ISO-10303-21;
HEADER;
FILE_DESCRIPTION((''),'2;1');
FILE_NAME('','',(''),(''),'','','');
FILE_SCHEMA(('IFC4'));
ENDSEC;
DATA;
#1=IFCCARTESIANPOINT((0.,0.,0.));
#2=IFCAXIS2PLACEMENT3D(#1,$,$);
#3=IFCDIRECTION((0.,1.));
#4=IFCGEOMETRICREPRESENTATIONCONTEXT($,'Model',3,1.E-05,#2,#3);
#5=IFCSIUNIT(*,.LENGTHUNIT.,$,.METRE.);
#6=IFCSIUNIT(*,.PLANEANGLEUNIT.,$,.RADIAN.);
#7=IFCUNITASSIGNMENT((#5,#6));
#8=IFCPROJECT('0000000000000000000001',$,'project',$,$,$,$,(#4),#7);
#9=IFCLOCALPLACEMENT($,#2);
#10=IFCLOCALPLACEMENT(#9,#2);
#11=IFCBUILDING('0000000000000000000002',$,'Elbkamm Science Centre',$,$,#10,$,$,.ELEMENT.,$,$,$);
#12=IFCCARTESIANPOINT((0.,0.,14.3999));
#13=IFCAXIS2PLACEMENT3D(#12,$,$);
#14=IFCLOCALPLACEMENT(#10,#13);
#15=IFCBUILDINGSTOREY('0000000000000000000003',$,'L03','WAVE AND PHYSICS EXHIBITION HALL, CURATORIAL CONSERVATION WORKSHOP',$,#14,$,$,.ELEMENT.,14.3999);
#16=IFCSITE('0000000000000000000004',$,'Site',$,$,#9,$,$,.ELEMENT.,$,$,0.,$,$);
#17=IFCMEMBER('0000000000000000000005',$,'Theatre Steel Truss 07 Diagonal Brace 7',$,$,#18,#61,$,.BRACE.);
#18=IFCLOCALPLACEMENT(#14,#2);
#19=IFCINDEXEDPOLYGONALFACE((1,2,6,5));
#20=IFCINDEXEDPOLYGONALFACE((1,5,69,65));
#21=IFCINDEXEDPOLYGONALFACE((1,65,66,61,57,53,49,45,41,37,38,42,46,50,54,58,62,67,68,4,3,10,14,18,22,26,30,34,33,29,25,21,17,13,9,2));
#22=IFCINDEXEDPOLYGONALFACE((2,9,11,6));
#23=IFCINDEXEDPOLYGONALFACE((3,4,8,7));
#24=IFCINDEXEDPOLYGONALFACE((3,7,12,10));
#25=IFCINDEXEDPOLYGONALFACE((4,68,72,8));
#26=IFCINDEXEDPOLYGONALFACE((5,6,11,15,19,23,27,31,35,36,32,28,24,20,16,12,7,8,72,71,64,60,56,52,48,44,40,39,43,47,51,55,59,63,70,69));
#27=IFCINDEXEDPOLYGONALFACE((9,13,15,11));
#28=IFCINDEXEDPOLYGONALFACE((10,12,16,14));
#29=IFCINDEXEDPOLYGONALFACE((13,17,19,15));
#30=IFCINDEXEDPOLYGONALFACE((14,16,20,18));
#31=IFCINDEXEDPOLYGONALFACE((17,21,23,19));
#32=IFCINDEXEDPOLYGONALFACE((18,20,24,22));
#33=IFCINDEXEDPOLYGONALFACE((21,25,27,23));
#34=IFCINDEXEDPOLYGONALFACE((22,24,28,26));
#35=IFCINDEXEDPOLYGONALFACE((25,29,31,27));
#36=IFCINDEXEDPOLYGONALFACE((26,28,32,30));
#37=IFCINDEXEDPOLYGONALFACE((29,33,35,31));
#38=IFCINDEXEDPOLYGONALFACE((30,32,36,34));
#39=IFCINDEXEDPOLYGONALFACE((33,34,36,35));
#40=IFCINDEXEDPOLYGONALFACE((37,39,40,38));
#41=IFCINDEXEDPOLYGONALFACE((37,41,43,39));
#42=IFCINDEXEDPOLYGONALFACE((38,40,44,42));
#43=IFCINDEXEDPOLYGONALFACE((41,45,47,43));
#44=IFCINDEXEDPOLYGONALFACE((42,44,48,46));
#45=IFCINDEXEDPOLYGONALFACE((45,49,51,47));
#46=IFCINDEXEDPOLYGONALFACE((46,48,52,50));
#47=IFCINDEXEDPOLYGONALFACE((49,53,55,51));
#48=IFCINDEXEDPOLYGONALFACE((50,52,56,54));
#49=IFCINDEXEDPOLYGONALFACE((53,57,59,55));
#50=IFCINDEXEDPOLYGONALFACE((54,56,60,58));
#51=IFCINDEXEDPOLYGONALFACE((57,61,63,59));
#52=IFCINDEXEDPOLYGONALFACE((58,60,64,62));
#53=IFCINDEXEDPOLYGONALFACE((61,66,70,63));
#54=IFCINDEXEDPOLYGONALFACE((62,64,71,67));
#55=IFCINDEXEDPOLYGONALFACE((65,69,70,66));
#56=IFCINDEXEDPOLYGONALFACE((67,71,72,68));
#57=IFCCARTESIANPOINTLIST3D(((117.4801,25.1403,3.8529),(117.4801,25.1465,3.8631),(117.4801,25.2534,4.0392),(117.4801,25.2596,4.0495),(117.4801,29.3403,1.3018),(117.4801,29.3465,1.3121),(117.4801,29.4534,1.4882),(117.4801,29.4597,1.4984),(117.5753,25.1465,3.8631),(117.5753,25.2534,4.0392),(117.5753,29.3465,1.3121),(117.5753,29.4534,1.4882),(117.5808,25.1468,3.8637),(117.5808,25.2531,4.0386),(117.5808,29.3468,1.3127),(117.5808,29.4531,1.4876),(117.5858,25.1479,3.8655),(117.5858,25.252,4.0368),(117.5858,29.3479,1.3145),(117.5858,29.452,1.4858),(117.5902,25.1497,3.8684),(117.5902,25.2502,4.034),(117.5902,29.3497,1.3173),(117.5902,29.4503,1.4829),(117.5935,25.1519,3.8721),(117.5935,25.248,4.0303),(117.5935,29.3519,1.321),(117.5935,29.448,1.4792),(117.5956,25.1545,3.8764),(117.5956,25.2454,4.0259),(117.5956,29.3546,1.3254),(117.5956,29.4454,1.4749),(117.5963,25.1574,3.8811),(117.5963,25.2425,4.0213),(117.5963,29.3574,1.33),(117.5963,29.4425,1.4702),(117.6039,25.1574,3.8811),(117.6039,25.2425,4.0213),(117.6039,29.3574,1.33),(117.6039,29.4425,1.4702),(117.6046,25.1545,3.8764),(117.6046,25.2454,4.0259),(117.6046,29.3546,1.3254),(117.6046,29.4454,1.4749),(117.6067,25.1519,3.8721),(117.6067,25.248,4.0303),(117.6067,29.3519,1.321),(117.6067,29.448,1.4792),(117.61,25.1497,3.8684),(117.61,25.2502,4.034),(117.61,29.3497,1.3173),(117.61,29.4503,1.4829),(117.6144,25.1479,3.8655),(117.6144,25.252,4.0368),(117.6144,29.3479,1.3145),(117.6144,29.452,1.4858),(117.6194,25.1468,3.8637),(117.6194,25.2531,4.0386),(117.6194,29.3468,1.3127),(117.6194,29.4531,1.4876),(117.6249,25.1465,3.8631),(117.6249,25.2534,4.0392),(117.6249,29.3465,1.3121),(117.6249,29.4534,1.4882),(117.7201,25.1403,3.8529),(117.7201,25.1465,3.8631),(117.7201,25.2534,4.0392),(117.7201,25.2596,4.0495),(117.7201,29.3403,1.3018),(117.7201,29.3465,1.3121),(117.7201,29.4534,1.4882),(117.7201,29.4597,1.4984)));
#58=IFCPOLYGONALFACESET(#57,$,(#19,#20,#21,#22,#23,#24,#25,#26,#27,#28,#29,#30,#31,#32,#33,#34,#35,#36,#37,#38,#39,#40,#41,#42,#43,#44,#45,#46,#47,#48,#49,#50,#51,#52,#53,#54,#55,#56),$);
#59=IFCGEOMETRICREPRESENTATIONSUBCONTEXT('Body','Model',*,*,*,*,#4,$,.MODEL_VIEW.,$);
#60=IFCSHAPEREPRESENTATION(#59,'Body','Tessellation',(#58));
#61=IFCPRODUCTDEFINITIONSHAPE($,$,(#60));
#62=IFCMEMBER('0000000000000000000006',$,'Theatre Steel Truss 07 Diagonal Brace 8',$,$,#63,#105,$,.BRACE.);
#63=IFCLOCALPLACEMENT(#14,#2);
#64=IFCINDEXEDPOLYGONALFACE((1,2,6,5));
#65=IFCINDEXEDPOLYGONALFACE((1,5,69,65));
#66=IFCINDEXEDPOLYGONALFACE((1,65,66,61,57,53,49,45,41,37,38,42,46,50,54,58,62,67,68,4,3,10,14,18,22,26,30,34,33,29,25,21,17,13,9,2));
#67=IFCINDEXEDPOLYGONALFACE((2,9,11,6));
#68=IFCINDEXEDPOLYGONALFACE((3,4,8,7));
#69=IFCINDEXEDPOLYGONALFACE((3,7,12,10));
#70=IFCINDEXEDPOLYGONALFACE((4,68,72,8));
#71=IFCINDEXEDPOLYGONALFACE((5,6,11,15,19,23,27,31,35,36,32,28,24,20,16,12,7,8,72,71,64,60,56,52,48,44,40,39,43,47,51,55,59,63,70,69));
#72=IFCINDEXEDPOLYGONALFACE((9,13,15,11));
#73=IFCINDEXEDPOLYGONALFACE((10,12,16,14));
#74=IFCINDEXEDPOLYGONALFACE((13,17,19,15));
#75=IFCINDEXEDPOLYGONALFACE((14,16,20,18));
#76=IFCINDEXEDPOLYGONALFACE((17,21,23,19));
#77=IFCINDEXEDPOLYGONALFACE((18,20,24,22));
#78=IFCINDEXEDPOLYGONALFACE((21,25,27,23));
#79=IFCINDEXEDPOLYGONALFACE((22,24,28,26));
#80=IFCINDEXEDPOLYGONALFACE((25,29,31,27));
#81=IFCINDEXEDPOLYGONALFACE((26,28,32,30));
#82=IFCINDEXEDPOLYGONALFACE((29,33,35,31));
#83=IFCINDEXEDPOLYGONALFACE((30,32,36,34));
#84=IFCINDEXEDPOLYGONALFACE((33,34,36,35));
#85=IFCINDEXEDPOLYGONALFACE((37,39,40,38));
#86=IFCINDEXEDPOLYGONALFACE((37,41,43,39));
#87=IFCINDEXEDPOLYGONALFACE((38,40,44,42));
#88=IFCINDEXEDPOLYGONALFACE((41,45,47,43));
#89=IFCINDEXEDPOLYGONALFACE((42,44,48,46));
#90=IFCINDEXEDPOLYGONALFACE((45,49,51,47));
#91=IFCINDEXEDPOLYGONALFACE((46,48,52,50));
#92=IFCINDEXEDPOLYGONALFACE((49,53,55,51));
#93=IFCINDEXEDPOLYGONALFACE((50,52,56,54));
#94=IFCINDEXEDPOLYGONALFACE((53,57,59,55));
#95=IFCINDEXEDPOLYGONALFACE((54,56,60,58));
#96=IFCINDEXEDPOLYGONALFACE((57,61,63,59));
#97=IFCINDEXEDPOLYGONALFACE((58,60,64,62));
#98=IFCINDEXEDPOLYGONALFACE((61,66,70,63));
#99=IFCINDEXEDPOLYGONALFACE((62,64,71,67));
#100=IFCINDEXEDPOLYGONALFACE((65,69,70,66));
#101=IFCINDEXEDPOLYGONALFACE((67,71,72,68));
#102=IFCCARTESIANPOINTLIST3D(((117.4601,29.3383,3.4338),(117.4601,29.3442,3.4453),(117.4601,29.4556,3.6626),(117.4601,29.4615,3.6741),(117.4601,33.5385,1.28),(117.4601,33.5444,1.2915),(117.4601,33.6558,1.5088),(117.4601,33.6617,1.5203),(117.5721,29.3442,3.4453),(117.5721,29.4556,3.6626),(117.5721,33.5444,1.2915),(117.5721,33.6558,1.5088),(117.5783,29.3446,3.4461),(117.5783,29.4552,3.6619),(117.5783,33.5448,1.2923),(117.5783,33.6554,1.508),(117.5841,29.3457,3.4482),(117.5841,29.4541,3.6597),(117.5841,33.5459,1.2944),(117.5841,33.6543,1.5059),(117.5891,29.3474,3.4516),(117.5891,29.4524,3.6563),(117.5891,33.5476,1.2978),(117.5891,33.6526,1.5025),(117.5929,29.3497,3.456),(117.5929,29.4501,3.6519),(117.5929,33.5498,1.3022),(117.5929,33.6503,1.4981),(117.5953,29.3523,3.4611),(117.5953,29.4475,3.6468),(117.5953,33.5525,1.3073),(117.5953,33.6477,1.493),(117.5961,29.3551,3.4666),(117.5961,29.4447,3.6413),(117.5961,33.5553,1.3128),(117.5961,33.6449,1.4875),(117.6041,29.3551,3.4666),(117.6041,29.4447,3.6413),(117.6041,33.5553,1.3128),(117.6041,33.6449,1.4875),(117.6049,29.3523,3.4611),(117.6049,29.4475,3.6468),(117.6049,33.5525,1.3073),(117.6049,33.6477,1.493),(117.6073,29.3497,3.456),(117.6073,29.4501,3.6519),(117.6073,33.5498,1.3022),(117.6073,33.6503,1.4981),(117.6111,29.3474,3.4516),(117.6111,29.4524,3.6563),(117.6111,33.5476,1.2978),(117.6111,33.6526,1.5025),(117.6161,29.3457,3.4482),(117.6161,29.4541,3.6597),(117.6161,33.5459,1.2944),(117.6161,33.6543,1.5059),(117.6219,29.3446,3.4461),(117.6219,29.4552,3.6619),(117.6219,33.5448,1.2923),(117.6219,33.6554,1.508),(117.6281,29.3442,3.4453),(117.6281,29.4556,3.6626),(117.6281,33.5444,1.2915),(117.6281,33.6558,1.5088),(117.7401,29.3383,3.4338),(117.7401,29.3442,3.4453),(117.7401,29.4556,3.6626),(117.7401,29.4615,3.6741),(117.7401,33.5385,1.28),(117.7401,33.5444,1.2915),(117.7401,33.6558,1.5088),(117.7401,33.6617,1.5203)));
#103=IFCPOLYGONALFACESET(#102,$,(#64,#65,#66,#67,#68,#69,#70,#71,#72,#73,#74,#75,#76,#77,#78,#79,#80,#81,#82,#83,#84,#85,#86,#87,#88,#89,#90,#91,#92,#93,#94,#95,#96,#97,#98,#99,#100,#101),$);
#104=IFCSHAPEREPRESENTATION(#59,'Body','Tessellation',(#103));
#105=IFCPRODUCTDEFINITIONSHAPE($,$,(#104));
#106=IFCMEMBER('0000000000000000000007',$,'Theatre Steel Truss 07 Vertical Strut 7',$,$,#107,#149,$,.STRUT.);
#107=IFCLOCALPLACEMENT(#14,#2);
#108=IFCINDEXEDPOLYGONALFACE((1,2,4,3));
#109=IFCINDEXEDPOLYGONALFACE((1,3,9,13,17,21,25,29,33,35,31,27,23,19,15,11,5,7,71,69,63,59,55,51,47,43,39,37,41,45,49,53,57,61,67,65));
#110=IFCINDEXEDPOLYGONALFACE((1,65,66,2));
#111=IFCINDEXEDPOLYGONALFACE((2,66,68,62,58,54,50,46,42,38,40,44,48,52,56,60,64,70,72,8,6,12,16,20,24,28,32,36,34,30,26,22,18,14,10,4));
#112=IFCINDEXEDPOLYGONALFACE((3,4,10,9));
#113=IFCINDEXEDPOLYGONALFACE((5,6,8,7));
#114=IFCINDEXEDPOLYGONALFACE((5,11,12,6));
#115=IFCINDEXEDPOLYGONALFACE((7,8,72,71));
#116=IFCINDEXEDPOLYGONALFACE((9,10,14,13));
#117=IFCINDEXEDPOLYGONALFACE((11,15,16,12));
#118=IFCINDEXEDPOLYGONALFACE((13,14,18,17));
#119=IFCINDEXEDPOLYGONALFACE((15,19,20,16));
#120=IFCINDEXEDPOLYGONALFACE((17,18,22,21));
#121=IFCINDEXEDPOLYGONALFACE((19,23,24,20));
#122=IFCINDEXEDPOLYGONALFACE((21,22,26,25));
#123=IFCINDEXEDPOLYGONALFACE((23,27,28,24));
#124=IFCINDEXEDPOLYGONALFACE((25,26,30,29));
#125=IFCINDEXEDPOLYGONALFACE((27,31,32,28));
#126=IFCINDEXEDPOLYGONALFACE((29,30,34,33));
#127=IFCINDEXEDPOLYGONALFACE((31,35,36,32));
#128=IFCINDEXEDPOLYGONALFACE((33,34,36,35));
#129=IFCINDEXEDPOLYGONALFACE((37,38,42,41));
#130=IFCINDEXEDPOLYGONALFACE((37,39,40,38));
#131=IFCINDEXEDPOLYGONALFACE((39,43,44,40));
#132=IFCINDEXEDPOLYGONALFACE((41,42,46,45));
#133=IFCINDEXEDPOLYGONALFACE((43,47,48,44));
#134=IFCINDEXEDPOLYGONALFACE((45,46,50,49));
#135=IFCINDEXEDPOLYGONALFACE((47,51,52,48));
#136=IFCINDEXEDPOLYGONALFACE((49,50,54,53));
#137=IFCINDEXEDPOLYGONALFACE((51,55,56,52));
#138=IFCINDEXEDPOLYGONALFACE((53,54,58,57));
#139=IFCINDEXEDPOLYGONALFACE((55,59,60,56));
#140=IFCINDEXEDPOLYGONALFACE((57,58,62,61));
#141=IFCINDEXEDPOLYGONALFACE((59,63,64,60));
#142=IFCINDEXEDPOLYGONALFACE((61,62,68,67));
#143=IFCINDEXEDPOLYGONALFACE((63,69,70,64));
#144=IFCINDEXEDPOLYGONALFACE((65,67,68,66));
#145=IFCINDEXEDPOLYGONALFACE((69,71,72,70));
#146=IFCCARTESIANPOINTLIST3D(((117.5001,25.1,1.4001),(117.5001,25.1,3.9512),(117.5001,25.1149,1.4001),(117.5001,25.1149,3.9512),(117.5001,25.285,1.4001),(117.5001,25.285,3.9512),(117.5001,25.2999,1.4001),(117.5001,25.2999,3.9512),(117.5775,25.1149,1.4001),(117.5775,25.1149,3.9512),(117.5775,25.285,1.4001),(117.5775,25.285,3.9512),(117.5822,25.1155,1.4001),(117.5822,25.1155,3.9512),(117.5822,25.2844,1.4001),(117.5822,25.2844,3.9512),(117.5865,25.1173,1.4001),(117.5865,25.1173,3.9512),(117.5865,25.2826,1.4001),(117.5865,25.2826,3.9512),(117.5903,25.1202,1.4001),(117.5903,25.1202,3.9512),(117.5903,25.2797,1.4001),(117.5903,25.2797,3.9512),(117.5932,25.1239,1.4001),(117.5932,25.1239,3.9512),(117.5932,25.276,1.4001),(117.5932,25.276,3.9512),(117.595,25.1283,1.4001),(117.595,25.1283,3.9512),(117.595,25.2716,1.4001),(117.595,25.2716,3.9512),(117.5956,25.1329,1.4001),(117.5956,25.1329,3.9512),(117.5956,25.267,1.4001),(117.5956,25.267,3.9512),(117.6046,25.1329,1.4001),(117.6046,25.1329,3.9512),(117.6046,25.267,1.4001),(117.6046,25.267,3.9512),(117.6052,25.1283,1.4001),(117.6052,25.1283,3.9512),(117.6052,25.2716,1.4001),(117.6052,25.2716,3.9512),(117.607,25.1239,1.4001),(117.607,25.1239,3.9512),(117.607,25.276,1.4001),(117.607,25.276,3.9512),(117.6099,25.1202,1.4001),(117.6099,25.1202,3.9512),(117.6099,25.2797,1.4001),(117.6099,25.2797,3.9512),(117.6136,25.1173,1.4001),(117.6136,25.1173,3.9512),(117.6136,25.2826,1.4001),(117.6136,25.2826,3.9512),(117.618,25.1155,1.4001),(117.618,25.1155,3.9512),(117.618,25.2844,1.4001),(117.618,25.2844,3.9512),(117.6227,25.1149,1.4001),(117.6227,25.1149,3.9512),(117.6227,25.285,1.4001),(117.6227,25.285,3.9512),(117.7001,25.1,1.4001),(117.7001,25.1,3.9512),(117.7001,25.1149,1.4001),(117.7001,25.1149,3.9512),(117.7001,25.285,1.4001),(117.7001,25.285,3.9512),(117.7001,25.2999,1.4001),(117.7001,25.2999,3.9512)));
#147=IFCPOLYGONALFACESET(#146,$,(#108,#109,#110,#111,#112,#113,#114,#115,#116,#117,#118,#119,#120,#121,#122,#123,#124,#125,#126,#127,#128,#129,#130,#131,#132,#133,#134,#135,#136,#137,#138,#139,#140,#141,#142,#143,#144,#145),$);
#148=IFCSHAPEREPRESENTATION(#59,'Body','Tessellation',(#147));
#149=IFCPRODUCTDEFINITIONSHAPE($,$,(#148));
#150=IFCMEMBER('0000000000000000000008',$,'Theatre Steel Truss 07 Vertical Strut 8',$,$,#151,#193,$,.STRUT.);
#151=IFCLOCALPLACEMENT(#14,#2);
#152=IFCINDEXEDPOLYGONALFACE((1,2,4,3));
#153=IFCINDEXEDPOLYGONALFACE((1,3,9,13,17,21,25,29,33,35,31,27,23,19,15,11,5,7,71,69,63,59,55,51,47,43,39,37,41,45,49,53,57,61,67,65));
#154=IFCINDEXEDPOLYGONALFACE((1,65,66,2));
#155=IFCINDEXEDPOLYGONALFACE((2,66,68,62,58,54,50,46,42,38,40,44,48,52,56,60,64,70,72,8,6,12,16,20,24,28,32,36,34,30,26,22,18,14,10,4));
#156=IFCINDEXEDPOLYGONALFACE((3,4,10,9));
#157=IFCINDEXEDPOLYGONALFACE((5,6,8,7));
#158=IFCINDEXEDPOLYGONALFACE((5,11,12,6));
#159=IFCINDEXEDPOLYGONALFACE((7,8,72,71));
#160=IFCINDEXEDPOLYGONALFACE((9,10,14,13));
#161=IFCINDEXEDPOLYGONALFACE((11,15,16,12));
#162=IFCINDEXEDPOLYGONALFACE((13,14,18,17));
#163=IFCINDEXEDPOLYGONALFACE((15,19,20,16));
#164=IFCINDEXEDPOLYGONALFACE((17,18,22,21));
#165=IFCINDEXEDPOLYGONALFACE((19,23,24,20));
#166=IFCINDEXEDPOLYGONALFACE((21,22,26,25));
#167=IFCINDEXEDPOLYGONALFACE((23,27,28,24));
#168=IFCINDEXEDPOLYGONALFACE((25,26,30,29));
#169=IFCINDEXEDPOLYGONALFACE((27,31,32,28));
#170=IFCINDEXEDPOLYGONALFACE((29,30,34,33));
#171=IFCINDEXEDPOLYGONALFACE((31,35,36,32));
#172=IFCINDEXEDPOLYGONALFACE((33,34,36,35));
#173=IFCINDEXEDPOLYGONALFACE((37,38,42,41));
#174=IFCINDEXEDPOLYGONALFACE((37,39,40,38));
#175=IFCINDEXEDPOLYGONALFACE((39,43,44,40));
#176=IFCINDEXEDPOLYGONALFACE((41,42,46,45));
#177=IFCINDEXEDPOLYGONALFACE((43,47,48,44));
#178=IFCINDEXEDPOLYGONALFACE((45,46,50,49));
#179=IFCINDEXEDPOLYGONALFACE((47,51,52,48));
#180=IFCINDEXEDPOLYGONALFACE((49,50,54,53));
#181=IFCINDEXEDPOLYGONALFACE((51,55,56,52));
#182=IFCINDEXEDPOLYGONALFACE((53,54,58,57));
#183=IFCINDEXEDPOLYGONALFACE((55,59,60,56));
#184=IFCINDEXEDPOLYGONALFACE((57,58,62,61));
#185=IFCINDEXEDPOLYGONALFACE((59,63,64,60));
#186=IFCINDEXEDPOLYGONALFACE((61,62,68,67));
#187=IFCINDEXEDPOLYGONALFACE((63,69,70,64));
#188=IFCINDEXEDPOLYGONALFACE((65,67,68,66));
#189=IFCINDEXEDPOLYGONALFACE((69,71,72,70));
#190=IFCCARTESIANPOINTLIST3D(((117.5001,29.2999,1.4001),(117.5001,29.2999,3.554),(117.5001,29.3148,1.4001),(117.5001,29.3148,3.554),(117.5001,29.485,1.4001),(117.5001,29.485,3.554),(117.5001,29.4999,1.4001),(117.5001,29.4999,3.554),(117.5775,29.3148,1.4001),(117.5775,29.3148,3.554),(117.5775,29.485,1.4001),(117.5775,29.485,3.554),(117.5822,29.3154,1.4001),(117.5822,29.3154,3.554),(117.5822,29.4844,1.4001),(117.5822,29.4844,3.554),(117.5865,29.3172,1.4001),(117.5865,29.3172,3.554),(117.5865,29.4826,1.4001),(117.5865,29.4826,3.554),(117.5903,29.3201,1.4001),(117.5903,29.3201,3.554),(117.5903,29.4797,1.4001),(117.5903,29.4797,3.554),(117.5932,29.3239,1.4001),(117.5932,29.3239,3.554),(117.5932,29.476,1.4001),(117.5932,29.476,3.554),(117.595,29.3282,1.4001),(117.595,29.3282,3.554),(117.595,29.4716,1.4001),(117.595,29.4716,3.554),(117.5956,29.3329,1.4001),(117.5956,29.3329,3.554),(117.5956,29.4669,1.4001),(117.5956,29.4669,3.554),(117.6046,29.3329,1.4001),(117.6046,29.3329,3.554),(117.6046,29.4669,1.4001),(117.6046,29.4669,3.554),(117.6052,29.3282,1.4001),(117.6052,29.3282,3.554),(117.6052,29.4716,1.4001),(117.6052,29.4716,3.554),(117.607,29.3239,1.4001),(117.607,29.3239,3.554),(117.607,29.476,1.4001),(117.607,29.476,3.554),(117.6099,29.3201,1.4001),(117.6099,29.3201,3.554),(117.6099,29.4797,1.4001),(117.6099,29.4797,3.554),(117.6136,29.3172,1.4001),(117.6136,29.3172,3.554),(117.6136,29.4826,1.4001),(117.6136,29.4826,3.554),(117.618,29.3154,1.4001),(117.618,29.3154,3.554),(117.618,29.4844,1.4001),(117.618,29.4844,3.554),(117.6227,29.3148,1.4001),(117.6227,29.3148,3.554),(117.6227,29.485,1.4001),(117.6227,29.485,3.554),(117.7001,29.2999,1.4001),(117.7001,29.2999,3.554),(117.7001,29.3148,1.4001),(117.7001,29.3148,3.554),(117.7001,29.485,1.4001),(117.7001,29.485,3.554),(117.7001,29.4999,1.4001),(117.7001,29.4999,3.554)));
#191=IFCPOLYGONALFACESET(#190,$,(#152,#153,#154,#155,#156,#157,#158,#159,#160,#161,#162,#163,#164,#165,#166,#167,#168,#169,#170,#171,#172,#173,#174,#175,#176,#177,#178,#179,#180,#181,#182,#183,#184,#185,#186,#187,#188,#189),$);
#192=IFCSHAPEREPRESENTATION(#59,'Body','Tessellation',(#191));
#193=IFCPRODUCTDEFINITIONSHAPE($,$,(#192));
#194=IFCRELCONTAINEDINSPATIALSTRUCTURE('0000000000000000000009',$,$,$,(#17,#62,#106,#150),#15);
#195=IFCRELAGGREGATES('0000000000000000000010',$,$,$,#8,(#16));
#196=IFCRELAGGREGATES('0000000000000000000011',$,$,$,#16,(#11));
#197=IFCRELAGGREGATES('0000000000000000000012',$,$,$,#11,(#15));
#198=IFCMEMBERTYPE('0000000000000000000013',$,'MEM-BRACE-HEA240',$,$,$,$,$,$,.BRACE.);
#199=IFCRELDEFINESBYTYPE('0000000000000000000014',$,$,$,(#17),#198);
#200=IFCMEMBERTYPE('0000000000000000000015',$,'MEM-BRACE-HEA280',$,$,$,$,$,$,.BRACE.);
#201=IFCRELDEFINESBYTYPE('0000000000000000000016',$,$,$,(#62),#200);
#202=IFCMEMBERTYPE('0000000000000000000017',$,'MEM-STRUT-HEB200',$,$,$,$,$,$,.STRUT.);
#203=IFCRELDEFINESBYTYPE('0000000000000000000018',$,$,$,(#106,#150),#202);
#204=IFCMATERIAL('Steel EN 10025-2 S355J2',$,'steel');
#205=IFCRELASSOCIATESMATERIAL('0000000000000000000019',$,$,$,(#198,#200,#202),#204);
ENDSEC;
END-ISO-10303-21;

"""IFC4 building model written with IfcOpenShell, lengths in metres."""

from ifc_helpers import new_model, si_unit, direction, frame, origin, origin_2d, place, context, subcontext, project, spatial, i_section, extrude, material, material_profile, profile_set, type_object, element, save


model = new_model("IFC4")

# Units and contexts
model_context = context("Model", 3, precision=1e-05, world=origin(), true_north=direction((0.0, 1.0)))
body_context = subcontext(model_context, "Body", "Model", "MODEL_VIEW")
ifc_project = project(units=[si_unit("LENGTHUNIT", "METRE"), si_unit("PLANEANGLEUNIT", "RADIAN")], contexts=[model_context])

# Site, building, storey
site_placement = place(None, origin())
site = spatial("IfcSite", under=ifc_project, at=site_placement, Name="Site", CompositionType="ELEMENT", RefElevation=0.0)
building_placement = place(site_placement, origin())
building = spatial("IfcBuilding", under=site, at=building_placement, Name="Elbkamm Science Centre", CompositionType="ELEMENT")
storey_placement = place(building_placement, frame((0.0, 0.0, 14.3999)))
storey = spatial("IfcBuildingStorey", under=building, at=storey_placement, Name="L03", Description="WAVE AND PHYSICS EXHIBITION HALL, CURATORIAL CONSERVATION WORKSHOP", CompositionType="ELEMENT", Elevation=14.3999)

# Shared definitions
ifc_material_1 = material(Name="Steel EN 10025-2 S355J2", Category="steel")

# Members
ifc_material_profile_1 = material_profile(ifc_material_1, i_section(OverallWidth=0.24, OverallDepth=0.23, WebThickness=0.0076, FlangeThickness=0.012, FilletRadius=0.021, at=origin_2d()), Name="HEA 240")
ifc_profile_set_1 = profile_set([ifc_material_profile_1], Name="Steel EN 10025-2 S355J2")
member_type_1 = type_object("IfcMemberType", Name="MEM-BRACE-HEA240", PredefinedType="BRACE", material=ifc_profile_set_1)
member_1_placement = place(storey_placement, frame((117.6001, 25.2, 3.9512), z_axis=(0.0, 0.854692, -0.519135), x_axis=(-1.0, 0.0, 0.0)))
element("IfcMember", 1, at=member_1_placement, inside=storey, type_object=member_type_1, Name="Theatre Steel Truss 07 Diagonal Brace 7", PredefinedType="BRACE", context=body_context, shape_type="SweptSolid", body=[
    extrude(i_section(OverallWidth=0.24, OverallDepth=0.23, WebThickness=0.0076, FlangeThickness=0.012, FilletRadius=0.021, at=origin_2d()), origin(), (0.0, 0.0, 1.0), 4.9141),
])
ifc_material_profile_2 = material_profile(ifc_material_1, i_section(OverallWidth=0.28, OverallDepth=0.27, WebThickness=0.0081, FlangeThickness=0.0129, FilletRadius=0.0239, at=origin_2d()), Name="HEA 280")
ifc_profile_set_2 = profile_set([ifc_material_profile_2], Name="Steel EN 10025-2 S355J2")
member_type_2 = type_object("IfcMemberType", Name="MEM-BRACE-HEA280", PredefinedType="BRACE", material=ifc_profile_set_2)
member_2_placement = place(storey_placement, frame((117.6001, 29.3999, 3.554), z_axis=(0.0, 0.889829, -0.456294), x_axis=(-1.0, 0.0, 0.0)))
element("IfcMember", 2, at=member_2_placement, inside=storey, type_object=member_type_2, Name="Theatre Steel Truss 07 Diagonal Brace 8", PredefinedType="BRACE", context=body_context, shape_type="SweptSolid", body=[
    extrude(i_section(OverallWidth=0.28, OverallDepth=0.27, WebThickness=0.0081, FlangeThickness=0.0129, FilletRadius=0.0239, at=origin_2d()), origin(), (0.0, 0.0, 1.0), 4.7202),
])
ifc_material_profile_3 = material_profile(ifc_material_1, i_section(OverallWidth=0.2, OverallDepth=0.2, WebThickness=0.009, FlangeThickness=0.0149, FilletRadius=0.0181, at=origin_2d()), Name="HEB 200")
ifc_profile_set_3 = profile_set([ifc_material_profile_3], Name="Steel EN 10025-2 S355J2")
member_type_3 = type_object("IfcMemberType", Name="MEM-STRUT-HEB200", PredefinedType="STRUT", material=ifc_profile_set_3)
member_3_placement = place(storey_placement, frame((117.6001, 25.2, 1.4001), z_axis=(0.0, 0.0, 1.0), x_axis=(1.0, 0.0, 0.0)))
element("IfcMember", 3, at=member_3_placement, inside=storey, type_object=member_type_3, Name="Theatre Steel Truss 07 Vertical Strut 7", PredefinedType="STRUT", context=body_context, shape_type="SweptSolid", body=[
    extrude(i_section(OverallWidth=0.2, OverallDepth=0.2, WebThickness=0.009, FlangeThickness=0.0149, FilletRadius=0.0181, at=origin_2d()), origin(), (0.0, 0.0, 1.0), 2.551),
])
member_4_placement = place(storey_placement, frame((117.6001, 29.3999, 1.4001), z_axis=(0.0, 0.0, 1.0), x_axis=(1.0, 0.0, 0.0)))
element("IfcMember", 4, at=member_4_placement, inside=storey, type_object=member_type_3, Name="Theatre Steel Truss 07 Vertical Strut 8", PredefinedType="STRUT", context=body_context, shape_type="SweptSolid", body=[
    extrude(i_section(OverallWidth=0.2, OverallDepth=0.2, WebThickness=0.009, FlangeThickness=0.0149, FilletRadius=0.0181, at=origin_2d()), origin(), (0.0, 0.0, 1.0), 2.1538),
])

save(model, "model.ifc")
